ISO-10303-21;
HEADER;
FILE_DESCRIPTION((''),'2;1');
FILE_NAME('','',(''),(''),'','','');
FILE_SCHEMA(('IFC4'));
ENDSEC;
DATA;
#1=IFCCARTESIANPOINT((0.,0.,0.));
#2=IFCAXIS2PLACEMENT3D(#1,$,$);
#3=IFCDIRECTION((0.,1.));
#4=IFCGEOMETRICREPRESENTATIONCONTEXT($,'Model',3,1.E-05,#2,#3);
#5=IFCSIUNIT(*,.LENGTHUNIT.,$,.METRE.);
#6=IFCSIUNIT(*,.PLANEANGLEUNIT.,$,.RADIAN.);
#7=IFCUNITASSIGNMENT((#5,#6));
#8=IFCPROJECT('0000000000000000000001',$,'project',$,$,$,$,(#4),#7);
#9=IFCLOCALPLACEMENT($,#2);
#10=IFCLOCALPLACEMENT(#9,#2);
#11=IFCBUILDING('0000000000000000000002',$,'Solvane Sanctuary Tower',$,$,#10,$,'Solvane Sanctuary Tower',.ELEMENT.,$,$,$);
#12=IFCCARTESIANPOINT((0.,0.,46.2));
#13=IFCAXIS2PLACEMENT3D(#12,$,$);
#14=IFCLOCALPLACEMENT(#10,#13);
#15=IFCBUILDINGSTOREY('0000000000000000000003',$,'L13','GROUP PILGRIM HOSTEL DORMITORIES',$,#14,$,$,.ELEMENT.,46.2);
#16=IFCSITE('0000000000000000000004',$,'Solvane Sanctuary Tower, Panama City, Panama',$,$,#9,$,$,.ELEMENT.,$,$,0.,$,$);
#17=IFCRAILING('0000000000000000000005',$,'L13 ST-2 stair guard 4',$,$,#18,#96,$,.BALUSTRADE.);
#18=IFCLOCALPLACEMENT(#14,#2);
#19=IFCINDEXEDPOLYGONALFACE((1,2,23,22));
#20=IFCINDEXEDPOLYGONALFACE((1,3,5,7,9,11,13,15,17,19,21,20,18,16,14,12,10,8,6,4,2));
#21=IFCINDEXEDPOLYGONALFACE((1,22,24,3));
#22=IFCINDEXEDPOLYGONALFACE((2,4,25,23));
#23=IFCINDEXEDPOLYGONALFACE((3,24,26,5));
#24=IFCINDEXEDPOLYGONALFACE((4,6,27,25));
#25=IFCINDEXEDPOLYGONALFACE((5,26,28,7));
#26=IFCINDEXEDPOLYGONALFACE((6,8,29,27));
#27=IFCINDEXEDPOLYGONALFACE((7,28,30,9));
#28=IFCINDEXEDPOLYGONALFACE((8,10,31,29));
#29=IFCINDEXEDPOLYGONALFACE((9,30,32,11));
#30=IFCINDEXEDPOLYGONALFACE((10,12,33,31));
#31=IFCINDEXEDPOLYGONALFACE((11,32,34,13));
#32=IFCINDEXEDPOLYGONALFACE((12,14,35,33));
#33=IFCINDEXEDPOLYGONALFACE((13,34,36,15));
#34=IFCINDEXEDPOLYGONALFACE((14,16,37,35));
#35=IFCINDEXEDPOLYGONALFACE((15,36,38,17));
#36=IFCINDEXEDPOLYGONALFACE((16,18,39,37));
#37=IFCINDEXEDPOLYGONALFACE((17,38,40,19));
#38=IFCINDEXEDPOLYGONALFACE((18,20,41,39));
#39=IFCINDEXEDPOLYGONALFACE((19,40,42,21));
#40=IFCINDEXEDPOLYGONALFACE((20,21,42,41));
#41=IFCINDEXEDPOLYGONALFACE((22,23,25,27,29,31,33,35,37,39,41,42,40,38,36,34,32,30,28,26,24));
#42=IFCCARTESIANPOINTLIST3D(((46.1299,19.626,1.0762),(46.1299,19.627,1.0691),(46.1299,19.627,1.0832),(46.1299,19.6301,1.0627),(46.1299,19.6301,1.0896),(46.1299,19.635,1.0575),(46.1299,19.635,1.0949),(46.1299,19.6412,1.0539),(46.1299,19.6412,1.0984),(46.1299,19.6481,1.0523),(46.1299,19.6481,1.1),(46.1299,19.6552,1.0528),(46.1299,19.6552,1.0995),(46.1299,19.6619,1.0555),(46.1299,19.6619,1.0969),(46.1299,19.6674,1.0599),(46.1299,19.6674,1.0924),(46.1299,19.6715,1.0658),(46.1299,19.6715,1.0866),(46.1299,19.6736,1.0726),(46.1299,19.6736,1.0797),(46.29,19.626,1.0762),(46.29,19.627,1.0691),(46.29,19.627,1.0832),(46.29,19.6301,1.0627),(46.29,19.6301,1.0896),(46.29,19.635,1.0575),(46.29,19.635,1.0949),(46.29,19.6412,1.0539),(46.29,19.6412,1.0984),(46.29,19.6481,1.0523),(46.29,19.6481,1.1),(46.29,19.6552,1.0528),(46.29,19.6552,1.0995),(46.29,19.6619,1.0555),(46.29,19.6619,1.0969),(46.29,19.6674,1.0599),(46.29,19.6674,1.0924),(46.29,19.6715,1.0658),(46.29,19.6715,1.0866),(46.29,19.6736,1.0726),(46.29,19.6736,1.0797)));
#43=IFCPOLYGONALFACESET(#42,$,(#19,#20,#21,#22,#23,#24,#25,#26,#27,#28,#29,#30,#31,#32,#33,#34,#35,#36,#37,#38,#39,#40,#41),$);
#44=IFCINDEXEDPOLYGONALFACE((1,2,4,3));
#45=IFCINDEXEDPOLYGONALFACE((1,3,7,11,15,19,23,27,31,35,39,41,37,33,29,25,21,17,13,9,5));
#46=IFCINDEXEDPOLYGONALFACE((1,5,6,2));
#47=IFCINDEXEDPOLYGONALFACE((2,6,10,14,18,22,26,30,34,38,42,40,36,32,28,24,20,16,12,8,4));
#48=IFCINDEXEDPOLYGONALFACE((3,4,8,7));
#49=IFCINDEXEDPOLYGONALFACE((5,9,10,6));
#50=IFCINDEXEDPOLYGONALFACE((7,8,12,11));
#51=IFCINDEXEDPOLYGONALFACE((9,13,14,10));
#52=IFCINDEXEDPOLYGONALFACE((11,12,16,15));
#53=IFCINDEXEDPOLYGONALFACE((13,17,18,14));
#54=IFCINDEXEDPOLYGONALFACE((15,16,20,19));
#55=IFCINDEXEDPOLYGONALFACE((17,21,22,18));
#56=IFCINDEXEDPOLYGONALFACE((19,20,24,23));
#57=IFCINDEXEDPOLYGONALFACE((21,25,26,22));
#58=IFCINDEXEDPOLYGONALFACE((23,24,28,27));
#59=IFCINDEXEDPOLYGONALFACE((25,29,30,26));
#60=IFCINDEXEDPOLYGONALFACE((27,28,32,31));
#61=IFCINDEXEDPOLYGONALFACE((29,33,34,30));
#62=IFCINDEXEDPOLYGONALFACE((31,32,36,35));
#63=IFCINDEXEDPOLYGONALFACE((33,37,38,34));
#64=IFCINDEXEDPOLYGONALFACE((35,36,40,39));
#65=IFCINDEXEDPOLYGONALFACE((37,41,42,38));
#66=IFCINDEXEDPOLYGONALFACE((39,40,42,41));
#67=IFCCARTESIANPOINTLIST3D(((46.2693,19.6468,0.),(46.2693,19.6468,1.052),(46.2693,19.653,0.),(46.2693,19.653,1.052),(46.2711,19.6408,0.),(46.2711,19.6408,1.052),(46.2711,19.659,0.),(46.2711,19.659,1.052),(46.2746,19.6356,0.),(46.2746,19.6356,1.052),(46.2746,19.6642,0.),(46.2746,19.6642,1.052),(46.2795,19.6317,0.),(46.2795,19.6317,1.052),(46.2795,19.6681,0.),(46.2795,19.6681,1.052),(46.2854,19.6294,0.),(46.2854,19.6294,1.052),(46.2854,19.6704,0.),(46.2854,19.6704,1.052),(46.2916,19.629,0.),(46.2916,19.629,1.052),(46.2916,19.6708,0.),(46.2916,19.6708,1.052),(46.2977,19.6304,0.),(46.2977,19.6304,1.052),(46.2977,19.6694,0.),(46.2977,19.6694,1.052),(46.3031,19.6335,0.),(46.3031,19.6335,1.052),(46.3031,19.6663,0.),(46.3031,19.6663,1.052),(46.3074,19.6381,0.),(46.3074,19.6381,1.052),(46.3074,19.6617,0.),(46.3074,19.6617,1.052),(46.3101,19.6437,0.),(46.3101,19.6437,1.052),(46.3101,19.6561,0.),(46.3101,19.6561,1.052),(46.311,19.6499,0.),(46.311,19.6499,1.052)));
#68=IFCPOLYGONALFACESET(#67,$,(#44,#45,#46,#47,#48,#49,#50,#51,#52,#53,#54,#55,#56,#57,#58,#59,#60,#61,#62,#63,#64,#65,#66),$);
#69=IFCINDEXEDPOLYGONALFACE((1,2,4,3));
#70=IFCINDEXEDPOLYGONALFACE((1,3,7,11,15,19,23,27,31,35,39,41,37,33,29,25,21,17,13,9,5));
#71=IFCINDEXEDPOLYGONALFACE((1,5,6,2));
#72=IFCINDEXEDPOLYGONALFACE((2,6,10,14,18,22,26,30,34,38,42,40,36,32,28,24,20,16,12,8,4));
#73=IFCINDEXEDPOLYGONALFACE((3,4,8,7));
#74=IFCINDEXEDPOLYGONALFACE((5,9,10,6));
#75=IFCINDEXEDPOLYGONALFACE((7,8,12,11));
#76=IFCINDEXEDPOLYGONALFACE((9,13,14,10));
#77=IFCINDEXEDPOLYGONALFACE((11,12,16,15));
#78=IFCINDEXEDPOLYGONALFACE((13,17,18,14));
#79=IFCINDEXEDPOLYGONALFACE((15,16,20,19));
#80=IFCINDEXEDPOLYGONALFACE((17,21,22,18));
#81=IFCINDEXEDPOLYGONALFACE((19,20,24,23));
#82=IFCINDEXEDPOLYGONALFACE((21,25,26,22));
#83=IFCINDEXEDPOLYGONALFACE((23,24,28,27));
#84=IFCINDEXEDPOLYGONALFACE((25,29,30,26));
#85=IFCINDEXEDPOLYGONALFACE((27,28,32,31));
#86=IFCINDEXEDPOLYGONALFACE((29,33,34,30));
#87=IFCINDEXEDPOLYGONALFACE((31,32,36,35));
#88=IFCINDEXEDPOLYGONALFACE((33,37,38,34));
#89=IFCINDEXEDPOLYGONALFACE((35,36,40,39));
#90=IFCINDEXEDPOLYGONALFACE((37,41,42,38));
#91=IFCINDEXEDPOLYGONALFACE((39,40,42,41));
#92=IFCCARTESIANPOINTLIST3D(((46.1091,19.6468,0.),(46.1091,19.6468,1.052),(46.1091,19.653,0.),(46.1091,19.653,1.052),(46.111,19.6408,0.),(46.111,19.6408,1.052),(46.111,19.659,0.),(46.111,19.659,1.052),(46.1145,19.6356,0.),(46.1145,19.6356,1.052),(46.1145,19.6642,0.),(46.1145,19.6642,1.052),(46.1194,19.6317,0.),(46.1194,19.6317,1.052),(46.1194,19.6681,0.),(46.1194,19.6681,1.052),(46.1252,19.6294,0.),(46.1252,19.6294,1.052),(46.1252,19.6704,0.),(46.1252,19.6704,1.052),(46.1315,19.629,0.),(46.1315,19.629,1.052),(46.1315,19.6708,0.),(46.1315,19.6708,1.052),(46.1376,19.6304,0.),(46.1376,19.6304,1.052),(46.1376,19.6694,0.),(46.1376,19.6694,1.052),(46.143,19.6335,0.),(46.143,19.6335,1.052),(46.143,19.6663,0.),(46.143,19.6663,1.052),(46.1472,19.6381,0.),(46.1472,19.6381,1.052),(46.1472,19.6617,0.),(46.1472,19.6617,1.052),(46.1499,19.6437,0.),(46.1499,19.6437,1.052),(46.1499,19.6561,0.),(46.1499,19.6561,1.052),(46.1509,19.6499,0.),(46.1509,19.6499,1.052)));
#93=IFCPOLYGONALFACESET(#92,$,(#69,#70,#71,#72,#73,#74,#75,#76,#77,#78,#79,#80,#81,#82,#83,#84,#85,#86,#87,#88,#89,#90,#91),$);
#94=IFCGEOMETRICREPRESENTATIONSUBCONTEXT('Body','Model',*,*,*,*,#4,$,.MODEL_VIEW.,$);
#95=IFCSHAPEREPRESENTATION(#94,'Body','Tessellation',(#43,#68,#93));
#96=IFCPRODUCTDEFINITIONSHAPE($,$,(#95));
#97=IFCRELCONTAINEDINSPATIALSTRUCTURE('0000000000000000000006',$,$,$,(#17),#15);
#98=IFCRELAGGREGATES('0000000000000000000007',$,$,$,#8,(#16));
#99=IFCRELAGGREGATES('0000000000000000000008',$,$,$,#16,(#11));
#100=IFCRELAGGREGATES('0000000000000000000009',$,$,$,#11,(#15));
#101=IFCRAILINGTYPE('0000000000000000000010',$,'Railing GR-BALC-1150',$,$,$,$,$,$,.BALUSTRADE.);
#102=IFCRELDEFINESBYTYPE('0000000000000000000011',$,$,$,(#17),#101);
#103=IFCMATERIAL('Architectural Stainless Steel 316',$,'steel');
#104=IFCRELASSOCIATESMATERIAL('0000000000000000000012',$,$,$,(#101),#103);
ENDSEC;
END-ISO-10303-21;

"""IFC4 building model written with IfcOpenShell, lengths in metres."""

from ifc_helpers import new_model, si_unit, direction, frame, origin, origin_2d, place, context, subcontext, project, spatial, circle, extrude, material, type_object, element, save


model = new_model("IFC4")

# Units and contexts
model_context = context("Model", 3, precision=1e-05, world=origin(), true_north=direction((0.0, 1.0)))
body_context = subcontext(model_context, "Body", "Model", "MODEL_VIEW")
ifc_project = project(units=[si_unit("LENGTHUNIT", "METRE"), si_unit("PLANEANGLEUNIT", "RADIAN")], contexts=[model_context])

# Site, building, storey
site_placement = place(None, origin())
site = spatial("IfcSite", under=ifc_project, at=site_placement, Name="Solvane Sanctuary Tower, Panama City, Panama", CompositionType="ELEMENT", RefElevation=0.0)
building_placement = place(site_placement, origin())
building = spatial("IfcBuilding", under=site, at=building_placement, Name="Solvane Sanctuary Tower", LongName="Solvane Sanctuary Tower", CompositionType="ELEMENT")
storey_placement = place(building_placement, frame((0.0, 0.0, 46.2)))
storey = spatial("IfcBuildingStorey", under=building, at=storey_placement, Name="L13", Description="GROUP PILGRIM HOSTEL DORMITORIES", CompositionType="ELEMENT", Elevation=46.2)

# Shared definitions
ifc_material_1 = material(Name="Architectural Stainless Steel 316", Category="steel")

# Railing
railing_type_1 = type_object("IfcRailingType", Name="Railing GR-BALC-1150", PredefinedType="BALUSTRADE", material=ifc_material_1)
railing_1_placement = place(storey_placement, frame((46.29, 19.6499, 0.0)))
element("IfcRailing", 1, at=railing_1_placement, inside=storey, type_object=railing_type_1, Name="L13 ST-2 stair guard 4", PredefinedType="BALUSTRADE", context=body_context, shape_type="SweptSolid", body=[
    extrude(circle(Radius=0.0239, at=origin_2d()), frame((0.0, 0.0, 1.0762), z_axis=(-1.0, 0.0, 0.0), x_axis=(0.0, -1.0, 0.0)), (0.0, 0.0, 1.0), 0.1602),
    extrude(circle(Radius=0.021, at=origin_2d()), origin(), (0.0, 0.0, 1.0), 1.052),
    extrude(circle(Radius=0.021, at=origin_2d()), frame((-0.1602, 0.0, 0.0)), (0.0, 0.0, 1.0), 1.052),
])

save(model, "model.ifc")
